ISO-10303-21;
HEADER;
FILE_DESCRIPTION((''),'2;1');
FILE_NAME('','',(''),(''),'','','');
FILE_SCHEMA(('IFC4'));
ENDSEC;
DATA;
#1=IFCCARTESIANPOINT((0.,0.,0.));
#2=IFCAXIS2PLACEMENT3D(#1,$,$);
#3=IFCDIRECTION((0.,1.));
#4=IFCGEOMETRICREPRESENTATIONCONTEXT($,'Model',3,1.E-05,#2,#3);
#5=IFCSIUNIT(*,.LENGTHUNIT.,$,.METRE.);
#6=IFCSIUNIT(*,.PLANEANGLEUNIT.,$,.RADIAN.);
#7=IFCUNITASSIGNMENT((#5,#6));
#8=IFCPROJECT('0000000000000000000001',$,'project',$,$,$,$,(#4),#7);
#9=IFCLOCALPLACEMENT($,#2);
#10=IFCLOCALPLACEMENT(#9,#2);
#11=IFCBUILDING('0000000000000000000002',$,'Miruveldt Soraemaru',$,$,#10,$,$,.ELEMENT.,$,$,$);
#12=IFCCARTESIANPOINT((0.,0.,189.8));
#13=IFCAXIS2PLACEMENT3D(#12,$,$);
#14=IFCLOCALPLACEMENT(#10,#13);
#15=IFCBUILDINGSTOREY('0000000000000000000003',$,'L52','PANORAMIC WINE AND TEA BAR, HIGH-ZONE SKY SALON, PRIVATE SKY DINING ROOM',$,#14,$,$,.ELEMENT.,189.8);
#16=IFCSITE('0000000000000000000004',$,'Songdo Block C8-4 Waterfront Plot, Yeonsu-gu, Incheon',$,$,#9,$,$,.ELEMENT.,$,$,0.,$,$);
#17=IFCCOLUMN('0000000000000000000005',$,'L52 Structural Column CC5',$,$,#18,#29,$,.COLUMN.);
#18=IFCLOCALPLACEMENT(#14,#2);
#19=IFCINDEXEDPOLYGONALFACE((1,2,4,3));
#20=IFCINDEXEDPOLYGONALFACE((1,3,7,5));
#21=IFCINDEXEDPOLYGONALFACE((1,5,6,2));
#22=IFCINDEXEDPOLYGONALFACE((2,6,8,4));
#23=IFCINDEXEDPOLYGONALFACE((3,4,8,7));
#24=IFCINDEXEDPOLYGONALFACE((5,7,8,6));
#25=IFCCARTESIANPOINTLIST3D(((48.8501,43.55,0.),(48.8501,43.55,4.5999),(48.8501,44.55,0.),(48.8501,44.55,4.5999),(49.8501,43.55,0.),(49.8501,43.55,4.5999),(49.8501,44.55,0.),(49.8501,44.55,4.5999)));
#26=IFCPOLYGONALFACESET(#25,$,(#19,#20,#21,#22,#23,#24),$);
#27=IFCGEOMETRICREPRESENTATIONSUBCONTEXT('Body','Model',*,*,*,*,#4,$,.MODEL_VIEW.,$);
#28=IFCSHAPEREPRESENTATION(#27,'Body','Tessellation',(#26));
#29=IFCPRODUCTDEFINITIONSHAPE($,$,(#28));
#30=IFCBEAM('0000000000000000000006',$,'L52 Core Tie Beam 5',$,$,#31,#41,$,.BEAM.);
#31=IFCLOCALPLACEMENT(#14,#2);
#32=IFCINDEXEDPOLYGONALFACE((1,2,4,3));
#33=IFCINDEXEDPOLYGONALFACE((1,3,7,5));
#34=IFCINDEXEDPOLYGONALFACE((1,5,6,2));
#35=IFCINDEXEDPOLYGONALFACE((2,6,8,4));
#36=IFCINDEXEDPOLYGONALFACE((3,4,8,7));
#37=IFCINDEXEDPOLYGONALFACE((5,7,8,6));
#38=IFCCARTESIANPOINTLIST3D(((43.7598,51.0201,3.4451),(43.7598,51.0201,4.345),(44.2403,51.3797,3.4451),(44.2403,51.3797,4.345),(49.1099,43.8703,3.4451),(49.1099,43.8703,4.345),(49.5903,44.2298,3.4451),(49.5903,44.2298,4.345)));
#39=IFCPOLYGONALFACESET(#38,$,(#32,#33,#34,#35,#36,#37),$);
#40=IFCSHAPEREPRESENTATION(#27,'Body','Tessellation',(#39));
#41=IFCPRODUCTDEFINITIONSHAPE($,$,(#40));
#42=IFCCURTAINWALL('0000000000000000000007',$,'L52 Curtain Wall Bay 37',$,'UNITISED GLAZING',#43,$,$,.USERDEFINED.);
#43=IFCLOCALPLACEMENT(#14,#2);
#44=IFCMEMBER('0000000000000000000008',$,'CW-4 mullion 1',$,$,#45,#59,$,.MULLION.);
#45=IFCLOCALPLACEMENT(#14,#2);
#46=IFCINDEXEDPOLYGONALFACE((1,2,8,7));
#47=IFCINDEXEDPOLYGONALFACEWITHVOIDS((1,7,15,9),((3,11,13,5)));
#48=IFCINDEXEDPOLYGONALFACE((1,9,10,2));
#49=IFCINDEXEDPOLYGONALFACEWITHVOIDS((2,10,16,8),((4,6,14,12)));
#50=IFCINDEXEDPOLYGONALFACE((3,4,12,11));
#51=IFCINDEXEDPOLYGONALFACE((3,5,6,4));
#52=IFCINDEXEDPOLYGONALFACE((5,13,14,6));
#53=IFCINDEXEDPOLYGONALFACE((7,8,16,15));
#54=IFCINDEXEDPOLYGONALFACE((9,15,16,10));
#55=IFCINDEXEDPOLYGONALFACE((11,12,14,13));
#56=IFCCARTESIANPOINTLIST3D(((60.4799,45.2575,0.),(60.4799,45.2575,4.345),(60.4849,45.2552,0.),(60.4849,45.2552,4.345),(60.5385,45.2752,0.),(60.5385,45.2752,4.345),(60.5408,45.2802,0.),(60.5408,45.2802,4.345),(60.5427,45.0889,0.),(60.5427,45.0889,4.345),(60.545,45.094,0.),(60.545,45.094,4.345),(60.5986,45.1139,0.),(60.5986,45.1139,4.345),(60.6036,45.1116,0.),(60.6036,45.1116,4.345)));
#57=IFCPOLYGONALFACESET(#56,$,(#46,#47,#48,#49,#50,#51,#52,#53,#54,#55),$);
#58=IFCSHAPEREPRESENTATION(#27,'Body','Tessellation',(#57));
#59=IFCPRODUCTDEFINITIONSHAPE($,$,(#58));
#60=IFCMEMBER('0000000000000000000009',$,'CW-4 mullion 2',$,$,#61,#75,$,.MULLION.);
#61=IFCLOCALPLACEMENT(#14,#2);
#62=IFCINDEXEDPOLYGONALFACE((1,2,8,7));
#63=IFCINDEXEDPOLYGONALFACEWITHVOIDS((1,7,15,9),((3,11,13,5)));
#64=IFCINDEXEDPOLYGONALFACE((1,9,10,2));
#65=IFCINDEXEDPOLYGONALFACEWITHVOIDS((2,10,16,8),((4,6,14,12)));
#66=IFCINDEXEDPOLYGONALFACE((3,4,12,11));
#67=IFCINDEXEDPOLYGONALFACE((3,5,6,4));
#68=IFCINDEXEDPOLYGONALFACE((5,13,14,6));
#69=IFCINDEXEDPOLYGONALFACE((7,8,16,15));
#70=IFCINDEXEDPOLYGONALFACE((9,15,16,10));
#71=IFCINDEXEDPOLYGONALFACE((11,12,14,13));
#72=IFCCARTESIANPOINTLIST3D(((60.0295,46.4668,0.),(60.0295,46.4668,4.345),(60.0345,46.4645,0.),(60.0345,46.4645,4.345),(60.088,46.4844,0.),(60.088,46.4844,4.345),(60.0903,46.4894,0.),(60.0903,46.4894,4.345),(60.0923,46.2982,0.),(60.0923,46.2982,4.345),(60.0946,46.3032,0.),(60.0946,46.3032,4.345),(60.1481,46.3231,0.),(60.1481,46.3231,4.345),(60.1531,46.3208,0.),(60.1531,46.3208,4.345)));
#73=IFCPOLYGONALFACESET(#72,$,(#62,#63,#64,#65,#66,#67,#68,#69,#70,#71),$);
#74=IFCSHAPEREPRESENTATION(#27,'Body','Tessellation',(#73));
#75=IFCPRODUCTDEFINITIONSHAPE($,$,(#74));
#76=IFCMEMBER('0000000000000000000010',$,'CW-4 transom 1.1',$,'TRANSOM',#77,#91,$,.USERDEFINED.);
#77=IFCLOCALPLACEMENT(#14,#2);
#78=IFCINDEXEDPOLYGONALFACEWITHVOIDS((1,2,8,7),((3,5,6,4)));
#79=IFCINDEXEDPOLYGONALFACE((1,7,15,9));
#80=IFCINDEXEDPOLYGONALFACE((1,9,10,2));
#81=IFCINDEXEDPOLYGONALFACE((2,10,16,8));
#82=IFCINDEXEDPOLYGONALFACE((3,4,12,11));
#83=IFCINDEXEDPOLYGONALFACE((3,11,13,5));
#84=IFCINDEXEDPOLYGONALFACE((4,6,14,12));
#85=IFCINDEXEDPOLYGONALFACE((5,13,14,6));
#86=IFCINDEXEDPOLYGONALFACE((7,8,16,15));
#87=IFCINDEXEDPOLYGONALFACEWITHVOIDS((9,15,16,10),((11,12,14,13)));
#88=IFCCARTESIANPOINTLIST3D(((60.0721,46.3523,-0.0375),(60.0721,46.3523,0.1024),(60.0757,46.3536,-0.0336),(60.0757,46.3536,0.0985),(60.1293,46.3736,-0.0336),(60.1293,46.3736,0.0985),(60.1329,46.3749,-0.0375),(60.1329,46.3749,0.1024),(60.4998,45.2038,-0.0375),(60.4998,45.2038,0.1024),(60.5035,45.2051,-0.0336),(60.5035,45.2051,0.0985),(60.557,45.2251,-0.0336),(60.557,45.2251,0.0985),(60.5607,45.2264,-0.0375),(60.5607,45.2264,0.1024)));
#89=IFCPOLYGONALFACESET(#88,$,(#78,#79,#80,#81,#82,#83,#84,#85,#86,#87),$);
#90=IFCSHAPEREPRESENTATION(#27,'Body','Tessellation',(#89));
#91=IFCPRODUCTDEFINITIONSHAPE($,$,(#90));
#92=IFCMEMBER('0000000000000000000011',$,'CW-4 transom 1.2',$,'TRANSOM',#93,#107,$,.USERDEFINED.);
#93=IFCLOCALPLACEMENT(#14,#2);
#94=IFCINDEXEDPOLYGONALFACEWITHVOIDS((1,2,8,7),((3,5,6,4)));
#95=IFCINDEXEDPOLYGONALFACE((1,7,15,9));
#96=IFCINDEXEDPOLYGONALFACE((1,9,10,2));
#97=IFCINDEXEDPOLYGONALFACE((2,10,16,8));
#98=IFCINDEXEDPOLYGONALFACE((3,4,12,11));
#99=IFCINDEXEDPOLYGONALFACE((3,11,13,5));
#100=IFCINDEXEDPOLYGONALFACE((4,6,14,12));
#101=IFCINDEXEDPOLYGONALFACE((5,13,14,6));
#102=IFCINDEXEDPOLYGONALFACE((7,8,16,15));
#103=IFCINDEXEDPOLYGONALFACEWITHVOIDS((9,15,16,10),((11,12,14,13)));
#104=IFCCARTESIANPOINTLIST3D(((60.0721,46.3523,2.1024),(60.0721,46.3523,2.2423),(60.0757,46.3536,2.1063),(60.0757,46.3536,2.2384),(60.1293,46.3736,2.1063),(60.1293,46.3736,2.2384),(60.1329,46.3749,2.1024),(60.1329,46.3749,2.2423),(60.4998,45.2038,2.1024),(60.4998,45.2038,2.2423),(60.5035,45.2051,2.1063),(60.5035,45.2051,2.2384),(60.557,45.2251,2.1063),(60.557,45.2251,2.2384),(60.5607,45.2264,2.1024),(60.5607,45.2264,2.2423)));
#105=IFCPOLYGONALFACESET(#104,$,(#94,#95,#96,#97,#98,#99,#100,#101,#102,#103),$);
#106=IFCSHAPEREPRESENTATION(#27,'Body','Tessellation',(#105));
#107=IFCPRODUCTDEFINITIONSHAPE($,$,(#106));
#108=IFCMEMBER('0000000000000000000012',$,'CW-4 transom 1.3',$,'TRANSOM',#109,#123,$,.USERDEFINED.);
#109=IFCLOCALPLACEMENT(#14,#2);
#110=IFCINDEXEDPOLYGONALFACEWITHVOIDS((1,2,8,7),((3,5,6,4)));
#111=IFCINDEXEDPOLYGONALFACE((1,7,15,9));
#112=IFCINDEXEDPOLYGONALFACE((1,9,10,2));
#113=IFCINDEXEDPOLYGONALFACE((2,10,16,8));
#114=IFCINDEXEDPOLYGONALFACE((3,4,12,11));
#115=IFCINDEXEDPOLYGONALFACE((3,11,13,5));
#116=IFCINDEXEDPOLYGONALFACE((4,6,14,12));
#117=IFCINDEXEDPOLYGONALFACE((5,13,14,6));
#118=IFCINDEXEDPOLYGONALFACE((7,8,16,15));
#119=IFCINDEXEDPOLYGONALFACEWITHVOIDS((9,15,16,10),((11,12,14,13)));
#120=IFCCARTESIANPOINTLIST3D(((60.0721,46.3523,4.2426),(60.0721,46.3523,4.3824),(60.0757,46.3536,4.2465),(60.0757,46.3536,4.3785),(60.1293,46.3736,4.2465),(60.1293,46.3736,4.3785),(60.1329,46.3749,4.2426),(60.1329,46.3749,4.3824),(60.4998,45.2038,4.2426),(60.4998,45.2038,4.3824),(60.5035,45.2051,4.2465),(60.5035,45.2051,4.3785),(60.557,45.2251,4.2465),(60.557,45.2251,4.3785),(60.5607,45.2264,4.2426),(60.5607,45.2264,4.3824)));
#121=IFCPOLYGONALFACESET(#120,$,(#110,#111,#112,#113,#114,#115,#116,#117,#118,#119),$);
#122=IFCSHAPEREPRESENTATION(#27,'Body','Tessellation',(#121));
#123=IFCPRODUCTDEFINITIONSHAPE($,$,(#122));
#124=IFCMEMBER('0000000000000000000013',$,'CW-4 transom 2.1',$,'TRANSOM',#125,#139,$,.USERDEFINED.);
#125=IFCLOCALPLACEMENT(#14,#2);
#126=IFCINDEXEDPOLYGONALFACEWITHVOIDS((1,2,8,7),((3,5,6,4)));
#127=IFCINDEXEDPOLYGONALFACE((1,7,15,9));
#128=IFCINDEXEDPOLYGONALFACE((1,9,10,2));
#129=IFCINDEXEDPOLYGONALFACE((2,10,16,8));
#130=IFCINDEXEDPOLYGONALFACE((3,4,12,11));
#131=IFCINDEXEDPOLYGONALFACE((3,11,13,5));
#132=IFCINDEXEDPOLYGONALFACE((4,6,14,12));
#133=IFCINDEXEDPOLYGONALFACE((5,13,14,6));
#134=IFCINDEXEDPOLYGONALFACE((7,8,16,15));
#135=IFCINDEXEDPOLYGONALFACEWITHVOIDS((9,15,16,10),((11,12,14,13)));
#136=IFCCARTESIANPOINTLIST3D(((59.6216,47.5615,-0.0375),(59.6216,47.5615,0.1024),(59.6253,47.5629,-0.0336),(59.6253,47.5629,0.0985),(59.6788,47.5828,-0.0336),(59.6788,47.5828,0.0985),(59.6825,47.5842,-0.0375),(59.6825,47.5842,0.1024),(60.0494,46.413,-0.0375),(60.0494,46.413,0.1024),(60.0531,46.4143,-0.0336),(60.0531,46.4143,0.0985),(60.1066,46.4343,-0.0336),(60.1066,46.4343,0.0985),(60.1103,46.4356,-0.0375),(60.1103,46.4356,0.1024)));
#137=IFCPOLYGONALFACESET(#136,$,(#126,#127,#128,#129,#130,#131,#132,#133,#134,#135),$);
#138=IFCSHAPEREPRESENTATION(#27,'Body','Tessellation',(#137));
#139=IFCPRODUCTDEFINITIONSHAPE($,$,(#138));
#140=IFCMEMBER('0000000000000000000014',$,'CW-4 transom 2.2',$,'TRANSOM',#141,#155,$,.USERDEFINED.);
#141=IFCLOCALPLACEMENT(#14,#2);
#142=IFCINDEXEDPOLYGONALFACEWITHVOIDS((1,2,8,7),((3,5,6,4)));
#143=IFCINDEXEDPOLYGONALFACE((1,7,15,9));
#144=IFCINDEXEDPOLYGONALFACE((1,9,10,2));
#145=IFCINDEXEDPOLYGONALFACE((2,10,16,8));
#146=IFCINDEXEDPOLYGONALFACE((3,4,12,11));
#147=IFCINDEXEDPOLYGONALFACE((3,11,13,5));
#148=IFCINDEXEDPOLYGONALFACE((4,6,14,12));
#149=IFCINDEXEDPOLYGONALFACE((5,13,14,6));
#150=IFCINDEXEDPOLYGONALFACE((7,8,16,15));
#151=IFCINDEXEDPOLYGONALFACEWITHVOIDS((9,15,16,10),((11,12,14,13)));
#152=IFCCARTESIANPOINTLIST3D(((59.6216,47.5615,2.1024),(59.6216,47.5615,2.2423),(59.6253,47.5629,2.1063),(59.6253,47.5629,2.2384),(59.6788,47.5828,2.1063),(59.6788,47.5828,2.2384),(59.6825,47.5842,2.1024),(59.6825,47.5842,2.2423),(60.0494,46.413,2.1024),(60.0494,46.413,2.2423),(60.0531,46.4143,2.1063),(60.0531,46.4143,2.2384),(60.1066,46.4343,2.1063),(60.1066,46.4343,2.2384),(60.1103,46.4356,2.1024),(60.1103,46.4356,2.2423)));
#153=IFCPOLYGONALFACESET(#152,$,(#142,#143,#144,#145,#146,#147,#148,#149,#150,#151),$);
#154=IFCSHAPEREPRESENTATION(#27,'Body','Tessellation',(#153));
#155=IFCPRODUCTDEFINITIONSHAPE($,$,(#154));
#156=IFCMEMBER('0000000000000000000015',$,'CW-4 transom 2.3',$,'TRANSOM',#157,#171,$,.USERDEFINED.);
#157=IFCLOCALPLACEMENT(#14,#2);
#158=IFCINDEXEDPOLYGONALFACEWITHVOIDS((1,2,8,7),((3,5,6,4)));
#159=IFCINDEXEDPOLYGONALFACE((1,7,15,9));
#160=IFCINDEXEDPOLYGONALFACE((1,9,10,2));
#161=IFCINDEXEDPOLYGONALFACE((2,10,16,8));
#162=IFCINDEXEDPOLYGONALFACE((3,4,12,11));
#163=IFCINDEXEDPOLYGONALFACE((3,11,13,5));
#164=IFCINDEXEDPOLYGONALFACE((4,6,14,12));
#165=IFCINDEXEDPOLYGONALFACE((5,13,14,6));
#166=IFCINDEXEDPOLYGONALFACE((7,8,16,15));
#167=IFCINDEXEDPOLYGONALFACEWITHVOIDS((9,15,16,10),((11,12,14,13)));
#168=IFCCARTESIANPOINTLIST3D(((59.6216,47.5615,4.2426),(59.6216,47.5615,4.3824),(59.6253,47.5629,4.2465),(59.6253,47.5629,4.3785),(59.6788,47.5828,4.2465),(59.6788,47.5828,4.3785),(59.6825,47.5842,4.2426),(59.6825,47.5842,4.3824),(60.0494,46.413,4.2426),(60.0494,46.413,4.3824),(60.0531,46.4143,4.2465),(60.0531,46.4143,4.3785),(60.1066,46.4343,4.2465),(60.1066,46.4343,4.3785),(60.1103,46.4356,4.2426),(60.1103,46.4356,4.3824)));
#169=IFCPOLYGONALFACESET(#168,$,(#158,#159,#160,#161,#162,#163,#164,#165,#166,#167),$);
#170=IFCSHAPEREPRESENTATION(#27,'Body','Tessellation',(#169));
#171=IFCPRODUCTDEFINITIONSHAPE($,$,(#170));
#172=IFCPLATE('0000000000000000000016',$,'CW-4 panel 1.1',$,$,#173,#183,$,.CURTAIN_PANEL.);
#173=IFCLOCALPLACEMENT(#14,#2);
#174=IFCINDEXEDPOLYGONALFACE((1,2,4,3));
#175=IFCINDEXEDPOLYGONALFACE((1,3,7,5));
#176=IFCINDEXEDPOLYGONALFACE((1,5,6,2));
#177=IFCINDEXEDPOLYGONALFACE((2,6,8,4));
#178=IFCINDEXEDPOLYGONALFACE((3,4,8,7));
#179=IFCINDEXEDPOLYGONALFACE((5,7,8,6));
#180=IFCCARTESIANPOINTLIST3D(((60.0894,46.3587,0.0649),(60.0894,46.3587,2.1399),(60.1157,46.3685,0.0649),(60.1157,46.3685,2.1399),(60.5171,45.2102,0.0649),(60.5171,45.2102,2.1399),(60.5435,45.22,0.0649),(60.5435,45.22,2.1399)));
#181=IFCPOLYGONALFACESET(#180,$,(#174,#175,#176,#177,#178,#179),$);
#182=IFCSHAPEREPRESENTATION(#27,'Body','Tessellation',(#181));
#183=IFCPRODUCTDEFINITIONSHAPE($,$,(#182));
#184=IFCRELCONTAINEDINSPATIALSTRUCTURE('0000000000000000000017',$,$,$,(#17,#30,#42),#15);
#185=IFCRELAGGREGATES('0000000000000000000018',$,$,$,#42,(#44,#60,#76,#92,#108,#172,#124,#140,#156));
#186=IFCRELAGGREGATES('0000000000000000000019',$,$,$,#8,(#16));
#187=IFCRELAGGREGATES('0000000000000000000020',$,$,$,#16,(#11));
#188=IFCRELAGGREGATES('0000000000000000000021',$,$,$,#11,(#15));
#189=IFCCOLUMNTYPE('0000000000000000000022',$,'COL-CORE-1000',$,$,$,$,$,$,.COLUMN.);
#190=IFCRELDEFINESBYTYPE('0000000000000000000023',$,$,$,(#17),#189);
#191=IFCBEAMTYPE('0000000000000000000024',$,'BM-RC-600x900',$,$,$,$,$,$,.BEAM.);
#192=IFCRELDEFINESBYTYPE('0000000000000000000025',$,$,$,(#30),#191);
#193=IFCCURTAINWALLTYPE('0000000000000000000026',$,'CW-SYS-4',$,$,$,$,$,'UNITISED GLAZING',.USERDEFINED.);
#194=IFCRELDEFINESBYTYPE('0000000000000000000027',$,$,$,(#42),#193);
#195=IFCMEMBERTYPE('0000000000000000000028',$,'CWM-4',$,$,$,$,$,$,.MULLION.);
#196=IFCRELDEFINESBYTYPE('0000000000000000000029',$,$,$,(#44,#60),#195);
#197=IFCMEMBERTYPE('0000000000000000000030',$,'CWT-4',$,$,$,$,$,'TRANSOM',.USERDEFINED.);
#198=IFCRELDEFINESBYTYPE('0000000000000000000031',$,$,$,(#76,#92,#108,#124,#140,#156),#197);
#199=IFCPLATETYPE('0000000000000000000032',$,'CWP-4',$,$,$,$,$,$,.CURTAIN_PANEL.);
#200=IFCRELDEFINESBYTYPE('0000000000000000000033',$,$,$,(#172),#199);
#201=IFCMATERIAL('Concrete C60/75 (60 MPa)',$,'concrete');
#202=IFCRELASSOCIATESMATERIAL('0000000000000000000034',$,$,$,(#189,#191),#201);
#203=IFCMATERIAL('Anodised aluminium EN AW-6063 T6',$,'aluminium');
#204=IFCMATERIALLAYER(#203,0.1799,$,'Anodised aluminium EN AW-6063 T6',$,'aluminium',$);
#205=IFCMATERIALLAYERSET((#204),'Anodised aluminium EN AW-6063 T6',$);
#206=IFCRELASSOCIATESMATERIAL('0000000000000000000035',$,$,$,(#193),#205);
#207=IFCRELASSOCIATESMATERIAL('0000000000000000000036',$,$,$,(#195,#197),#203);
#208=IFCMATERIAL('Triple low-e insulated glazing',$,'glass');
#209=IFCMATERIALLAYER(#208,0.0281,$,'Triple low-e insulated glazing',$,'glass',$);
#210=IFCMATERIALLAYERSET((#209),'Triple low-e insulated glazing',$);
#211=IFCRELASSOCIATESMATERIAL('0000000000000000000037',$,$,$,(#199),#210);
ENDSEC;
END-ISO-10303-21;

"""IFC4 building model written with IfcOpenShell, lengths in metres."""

from ifc_helpers import new_model, si_unit, direction, frame, origin, origin_2d, place, context, subcontext, project, spatial, rectangle, hollow_rectangle, extrude, material, layer, layer_set, material_profile, profile_set, type_object, element, aggregate, save


model = new_model("IFC4")

# Units and contexts
model_context = context("Model", 3, precision=1e-05, world=origin(), true_north=direction((0.0, 1.0)))
body_context = subcontext(model_context, "Body", "Model", "MODEL_VIEW")
ifc_project = project(units=[si_unit("LENGTHUNIT", "METRE"), si_unit("PLANEANGLEUNIT", "RADIAN")], contexts=[model_context])

# Site, building, storey
site_placement = place(None, origin())
site = spatial("IfcSite", under=ifc_project, at=site_placement, Name="Songdo Block C8-4 Waterfront Plot, Yeonsu-gu, Incheon", CompositionType="ELEMENT", RefElevation=0.0)
building_placement = place(site_placement, origin())
building = spatial("IfcBuilding", under=site, at=building_placement, Name="Miruveldt Soraemaru", CompositionType="ELEMENT")
storey_placement = place(building_placement, frame((0.0, 0.0, 189.8)))
storey = spatial("IfcBuildingStorey", under=building, at=storey_placement, Name="L52", Description="PANORAMIC WINE AND TEA BAR, HIGH-ZONE SKY SALON, PRIVATE SKY DINING ROOM", CompositionType="ELEMENT", Elevation=189.8)

# Column
ifc_material_1 = material(Name="Concrete C60/75 (60 MPa)", Category="concrete")
ifc_material_profile_1 = material_profile(ifc_material_1, rectangle(XDim=1.0, YDim=1.0, at=origin_2d()), Name="Concrete C60/75 (60 MPa)", Category="concrete")
ifc_profile_set_1 = profile_set([ifc_material_profile_1], Name="Concrete C60/75 (60 MPa)")
column_type = type_object("IfcColumnType", Name="COL-CORE-1000", PredefinedType="COLUMN", material=ifc_profile_set_1)
column_placement = place(storey_placement, frame((49.3501, 44.05, 0.0), z_axis=(0.0, 0.0, 1.0), x_axis=(1.0, 0.0, 0.0)))
element("IfcColumn", 1, at=column_placement, inside=storey, type_object=column_type, Name="L52 Structural Column CC5", PredefinedType="COLUMN", context=body_context, shape_type="SweptSolid", body=[
    extrude(rectangle(XDim=1.0, YDim=1.0, at=origin_2d()), origin(), (0.0, 0.0, 1.0), 4.5999),
])

# Beam
ifc_material_profile_2 = material_profile(ifc_material_1, rectangle(XDim=0.6001, YDim=0.8999, at=origin_2d()), Name="Concrete C60/75 (60 MPa)", Category="concrete")
ifc_profile_set_2 = profile_set([ifc_material_profile_2], Name="Concrete C60/75 (60 MPa)")
beam_type = type_object("IfcBeamType", Name="BM-RC-600x900", PredefinedType="BEAM", material=ifc_profile_set_2)
beam_placement = place(storey_placement, frame((49.3501, 44.05, 3.895), z_axis=(-0.599116, 0.800662, 0.0), x_axis=(-0.800662, -0.599116, 0.0)))
element("IfcBeam", 2, at=beam_placement, inside=storey, type_object=beam_type, Name="L52 Core Tie Beam 5", PredefinedType="BEAM", context=body_context, shape_type="SweptSolid", body=[
    extrude(rectangle(XDim=0.6001, YDim=0.8999, at=origin_2d()), origin(), (0.0, 0.0, 1.0), 8.9299),
])

# Curtain wall, members, plate
ifc_material_2 = material(Name="Anodised aluminium EN AW-6063 T6", Category="aluminium")
ifc_layer_1 = layer(ifc_material_2, 0.1799, Name="Anodised aluminium EN AW-6063 T6", Category="aluminium")
ifc_layer_set_1 = layer_set([ifc_layer_1], Name="Anodised aluminium EN AW-6063 T6")
curtain_wall_type = type_object("IfcCurtainWallType", Name="CW-SYS-4", ElementType="UNITISED GLAZING", PredefinedType="USERDEFINED", material=ifc_layer_set_1)
curtain_wall_placement = place(storey_placement, origin())
curtain_wall = element("IfcCurtainWall", 3, at=curtain_wall_placement, inside=storey, type_object=curtain_wall_type, Name="L52 Curtain Wall Bay 37", ObjectType="UNITISED GLAZING", PredefinedType="USERDEFINED")
ifc_material_profile_3 = material_profile(ifc_material_2, hollow_rectangle(XDim=0.0649, YDim=0.1799, WallThickness=0.0039, at=origin_2d()), Name="Anodised aluminium EN AW-6063 T6", Category="aluminium")
ifc_profile_set_3 = profile_set([ifc_material_profile_3], Name="Anodised aluminium EN AW-6063 T6")
member_type_1 = type_object("IfcMemberType", Name="CWM-4", PredefinedType="MULLION", material=ifc_profile_set_3)
member_1_placement = place(storey_placement, frame((60.5417, 45.1846, 0.0), z_axis=(0.0, 0.0, 1.0), x_axis=(-0.937103, -0.349052, 0.0)))
member_1 = element("IfcMember", 4, at=member_1_placement, type_object=member_type_1, Name="CW-4 mullion 1", PredefinedType="MULLION", context=body_context, shape_type="SweptSolid", body=[
    extrude(hollow_rectangle(XDim=0.0649, YDim=0.1799, WallThickness=0.0039, at=origin_2d()), origin(), (0.0, 0.0, 1.0), 4.345),
])
member_2_placement = place(storey_placement, frame((60.0913, 46.3938, 0.0), z_axis=(0.0, 0.0, 1.0), x_axis=(-0.937103, -0.349052, 0.0)))
member_2 = element("IfcMember", 5, at=member_2_placement, type_object=member_type_1, Name="CW-4 mullion 2", PredefinedType="MULLION", context=body_context, shape_type="SweptSolid", body=[
    extrude(hollow_rectangle(XDim=0.0649, YDim=0.1799, WallThickness=0.0039, at=origin_2d()), origin(), (0.0, 0.0, 1.0), 4.345),
])
ifc_material_profile_4 = material_profile(ifc_material_2, hollow_rectangle(XDim=0.0649, YDim=0.1399, WallThickness=0.0039, at=origin_2d()), Name="Anodised aluminium EN AW-6063 T6", Category="aluminium")
ifc_profile_set_4 = profile_set([ifc_material_profile_4], Name="Anodised aluminium EN AW-6063 T6")
member_type_2 = type_object("IfcMemberType", Name="CWT-4", ElementType="TRANSOM", PredefinedType="USERDEFINED", material=ifc_profile_set_4)
member_3_placement = place(storey_placement, frame((60.5303, 45.2151, 0.0325), z_axis=(-0.349027, 0.937113, 0.0), x_axis=(-0.937113, -0.349027, 0.0)))
member_3 = element("IfcMember", 6, at=member_3_placement, type_object=member_type_2, Name="CW-4 transom 1.1", ObjectType="TRANSOM", PredefinedType="USERDEFINED", context=body_context, shape_type="SweptSolid", body=[
    extrude(hollow_rectangle(XDim=0.0649, YDim=0.1399, WallThickness=0.0039, at=origin_2d()), origin(), (0.0, 0.0, 1.0), 1.2256),
])
member_4_placement = place(storey_placement, frame((60.5303, 45.2151, 2.1724), z_axis=(-0.349027, 0.937113, 0.0), x_axis=(-0.937113, -0.349027, 0.0)))
member_4 = element("IfcMember", 7, at=member_4_placement, type_object=member_type_2, Name="CW-4 transom 1.2", ObjectType="TRANSOM", PredefinedType="USERDEFINED", context=body_context, shape_type="SweptSolid", body=[
    extrude(hollow_rectangle(XDim=0.0649, YDim=0.1399, WallThickness=0.0039, at=origin_2d()), origin(), (0.0, 0.0, 1.0), 1.2256),
])
member_5_placement = place(storey_placement, frame((60.5303, 45.2151, 4.3125), z_axis=(-0.349027, 0.937113, 0.0), x_axis=(-0.937113, -0.349027, 0.0)))
member_5 = element("IfcMember", 8, at=member_5_placement, type_object=member_type_2, Name="CW-4 transom 1.3", ObjectType="TRANSOM", PredefinedType="USERDEFINED", context=body_context, shape_type="SweptSolid", body=[
    extrude(hollow_rectangle(XDim=0.0649, YDim=0.1399, WallThickness=0.0039, at=origin_2d()), origin(), (0.0, 0.0, 1.0), 1.2256),
])
member_6_placement = place(storey_placement, frame((60.0798, 46.4243, 0.0325), z_axis=(-0.349027, 0.937113, 0.0), x_axis=(-0.937113, -0.349027, 0.0)))
member_6 = element("IfcMember", 9, at=member_6_placement, type_object=member_type_2, Name="CW-4 transom 2.1", ObjectType="TRANSOM", PredefinedType="USERDEFINED", context=body_context, shape_type="SweptSolid", body=[
    extrude(hollow_rectangle(XDim=0.0649, YDim=0.1399, WallThickness=0.0039, at=origin_2d()), origin(), (0.0, 0.0, 1.0), 1.2256),
])
member_7_placement = place(storey_placement, frame((60.0798, 46.4243, 2.1724), z_axis=(-0.349027, 0.937113, 0.0), x_axis=(-0.937113, -0.349027, 0.0)))
member_7 = element("IfcMember", 10, at=member_7_placement, type_object=member_type_2, Name="CW-4 transom 2.2", ObjectType="TRANSOM", PredefinedType="USERDEFINED", context=body_context, shape_type="SweptSolid", body=[
    extrude(hollow_rectangle(XDim=0.0649, YDim=0.1399, WallThickness=0.0039, at=origin_2d()), origin(), (0.0, 0.0, 1.0), 1.2256),
])
member_8_placement = place(storey_placement, frame((60.0798, 46.4243, 4.3125), z_axis=(-0.349027, 0.937113, 0.0), x_axis=(-0.937113, -0.349027, 0.0)))
member_8 = element("IfcMember", 11, at=member_8_placement, type_object=member_type_2, Name="CW-4 transom 2.3", ObjectType="TRANSOM", PredefinedType="USERDEFINED", context=body_context, shape_type="SweptSolid", body=[
    extrude(hollow_rectangle(XDim=0.0649, YDim=0.1399, WallThickness=0.0039, at=origin_2d()), origin(), (0.0, 0.0, 1.0), 1.2256),
])
ifc_material_3 = material(Name="Triple low-e insulated glazing", Category="glass")
ifc_layer_2 = layer(ifc_material_3, 0.0281, Name="Triple low-e insulated glazing", Category="glass")
ifc_layer_set_2 = layer_set([ifc_layer_2], Name="Triple low-e insulated glazing")
plate_type_1 = type_object("IfcPlateType", Name="CWP-4", PredefinedType="CURTAIN_PANEL", material=ifc_layer_set_2)
plate_1_placement = place(storey_placement, frame((60.3164, 45.7893, 0.0649), z_axis=(0.0, 0.0, 1.0), x_axis=(-0.349052, 0.937103, 0.0)))
plate_1 = element("IfcPlate", 12, at=plate_1_placement, type_object=plate_type_1, Name="CW-4 panel 1.1", PredefinedType="CURTAIN_PANEL", context=body_context, shape_type="SweptSolid", body=[
    extrude(rectangle(XDim=1.2256, YDim=0.0281, at=origin_2d()), origin(), (0.0, 0.0, 1.0), 2.075),
])
aggregate(curtain_wall, [member_1, member_2, member_3, member_4, member_5, plate_1, member_6, member_7, member_8])

save(model, "model.ifc")
